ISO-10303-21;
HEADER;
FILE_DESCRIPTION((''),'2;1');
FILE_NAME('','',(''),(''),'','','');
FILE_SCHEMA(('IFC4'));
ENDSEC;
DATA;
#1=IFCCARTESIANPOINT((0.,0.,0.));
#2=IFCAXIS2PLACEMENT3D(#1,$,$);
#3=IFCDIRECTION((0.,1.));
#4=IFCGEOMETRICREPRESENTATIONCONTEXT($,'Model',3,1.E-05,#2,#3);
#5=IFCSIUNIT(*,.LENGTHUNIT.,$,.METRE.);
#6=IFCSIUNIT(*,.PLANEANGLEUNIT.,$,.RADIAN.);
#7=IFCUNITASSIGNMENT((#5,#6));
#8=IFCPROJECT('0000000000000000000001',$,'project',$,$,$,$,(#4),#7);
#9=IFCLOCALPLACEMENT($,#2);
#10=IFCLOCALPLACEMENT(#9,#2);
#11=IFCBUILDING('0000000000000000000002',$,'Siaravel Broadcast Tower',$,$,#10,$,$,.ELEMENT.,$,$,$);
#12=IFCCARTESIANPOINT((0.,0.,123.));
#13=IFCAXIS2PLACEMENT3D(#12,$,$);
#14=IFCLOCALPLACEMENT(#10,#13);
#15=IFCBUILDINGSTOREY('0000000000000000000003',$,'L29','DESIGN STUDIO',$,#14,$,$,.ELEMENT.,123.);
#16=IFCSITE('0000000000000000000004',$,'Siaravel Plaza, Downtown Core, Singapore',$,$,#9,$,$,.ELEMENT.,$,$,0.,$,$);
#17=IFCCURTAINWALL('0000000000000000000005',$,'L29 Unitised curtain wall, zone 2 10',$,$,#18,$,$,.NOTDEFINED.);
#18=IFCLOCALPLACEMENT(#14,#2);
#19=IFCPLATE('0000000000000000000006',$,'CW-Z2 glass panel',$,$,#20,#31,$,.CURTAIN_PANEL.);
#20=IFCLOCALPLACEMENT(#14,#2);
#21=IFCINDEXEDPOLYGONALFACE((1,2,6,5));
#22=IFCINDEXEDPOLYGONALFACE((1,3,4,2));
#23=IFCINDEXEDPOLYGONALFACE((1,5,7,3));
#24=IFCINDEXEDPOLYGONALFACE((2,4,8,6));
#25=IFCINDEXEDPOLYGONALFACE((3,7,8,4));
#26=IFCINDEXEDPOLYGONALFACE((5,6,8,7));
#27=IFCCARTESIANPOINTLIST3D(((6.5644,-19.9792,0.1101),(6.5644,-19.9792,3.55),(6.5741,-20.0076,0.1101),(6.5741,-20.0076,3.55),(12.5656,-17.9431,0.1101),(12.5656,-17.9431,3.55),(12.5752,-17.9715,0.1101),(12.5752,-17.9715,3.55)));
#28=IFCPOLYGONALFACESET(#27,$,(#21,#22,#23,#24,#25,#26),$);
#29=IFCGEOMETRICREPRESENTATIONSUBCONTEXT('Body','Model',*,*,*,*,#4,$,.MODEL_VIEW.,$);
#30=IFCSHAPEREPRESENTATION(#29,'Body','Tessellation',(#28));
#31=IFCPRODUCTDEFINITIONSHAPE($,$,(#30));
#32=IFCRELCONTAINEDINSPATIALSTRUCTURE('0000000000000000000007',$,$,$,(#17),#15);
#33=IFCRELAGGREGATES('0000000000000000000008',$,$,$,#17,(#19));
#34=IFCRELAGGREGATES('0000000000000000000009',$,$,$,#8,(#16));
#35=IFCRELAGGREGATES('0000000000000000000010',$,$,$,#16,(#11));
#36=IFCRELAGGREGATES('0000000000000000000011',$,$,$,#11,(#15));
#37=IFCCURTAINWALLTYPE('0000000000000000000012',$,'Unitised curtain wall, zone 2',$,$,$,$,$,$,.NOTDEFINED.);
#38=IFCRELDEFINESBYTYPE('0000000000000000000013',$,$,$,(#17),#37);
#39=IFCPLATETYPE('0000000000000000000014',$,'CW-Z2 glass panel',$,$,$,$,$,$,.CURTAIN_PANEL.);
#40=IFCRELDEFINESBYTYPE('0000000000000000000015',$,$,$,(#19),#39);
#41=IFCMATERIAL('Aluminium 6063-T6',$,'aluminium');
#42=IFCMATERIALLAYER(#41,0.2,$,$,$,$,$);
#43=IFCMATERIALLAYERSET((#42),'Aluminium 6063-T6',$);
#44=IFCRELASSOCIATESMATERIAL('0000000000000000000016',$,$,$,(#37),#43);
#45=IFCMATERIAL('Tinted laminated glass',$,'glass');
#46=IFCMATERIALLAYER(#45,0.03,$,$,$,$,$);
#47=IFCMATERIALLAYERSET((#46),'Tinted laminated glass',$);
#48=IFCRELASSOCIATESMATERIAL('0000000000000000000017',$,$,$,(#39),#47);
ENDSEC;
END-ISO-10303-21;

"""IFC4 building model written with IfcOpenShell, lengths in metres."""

from ifc_helpers import new_model, si_unit, direction, frame, origin, origin_2d, place, context, subcontext, project, spatial, rectangle, extrude, material, layer, layer_set, type_object, element, aggregate, save


model = new_model("IFC4")

# Units and contexts
model_context = context("Model", 3, precision=1e-05, world=origin(), true_north=direction((0.0, 1.0)))
body_context = subcontext(model_context, "Body", "Model", "MODEL_VIEW")
ifc_project = project(units=[si_unit("LENGTHUNIT", "METRE"), si_unit("PLANEANGLEUNIT", "RADIAN")], contexts=[model_context])

# Site, building, storey
site_placement = place(None, origin())
site = spatial("IfcSite", under=ifc_project, at=site_placement, Name="Siaravel Plaza, Downtown Core, Singapore", CompositionType="ELEMENT", RefElevation=0.0)
building_placement = place(site_placement, origin())
building = spatial("IfcBuilding", under=site, at=building_placement, Name="Siaravel Broadcast Tower", CompositionType="ELEMENT")
storey_placement = place(building_placement, frame((0.0, 0.0, 123.0)))
storey = spatial("IfcBuildingStorey", under=building, at=storey_placement, Name="L29", Description="DESIGN STUDIO", CompositionType="ELEMENT", Elevation=123.0)

# Shared definitions
ifc_material_1 = material(Name="Aluminium 6063-T6", Category="aluminium")
ifc_layer_1 = layer(ifc_material_1, 0.2)
ifc_layer_set_1 = layer_set([ifc_layer_1], Name="Aluminium 6063-T6")
curtain_wall_type = type_object("IfcCurtainWallType", Name="Unitised curtain wall, zone 2", PredefinedType="NOTDEFINED", material=ifc_layer_set_1)

# Curtain wall, plate
curtain_wall_1_placement = place(storey_placement, origin())
curtain_wall_1 = element("IfcCurtainWall", 1, at=curtain_wall_1_placement, inside=storey, type_object=curtain_wall_type, Name="L29 Unitised curtain wall, zone 2 10", PredefinedType="NOTDEFINED")
ifc_material_2 = material(Name="Tinted laminated glass", Category="glass")
ifc_layer_2 = layer(ifc_material_2, 0.03)
ifc_layer_set_2 = layer_set([ifc_layer_2], Name="Tinted laminated glass")
plate_type = type_object("IfcPlateType", Name="CW-Z2 glass panel", PredefinedType="CURTAIN_PANEL", material=ifc_layer_set_2)
plate_1_placement = place(storey_placement, frame((9.5698, -18.9753, 0.1101), z_axis=(0.0, 0.0, 1.0), x_axis=(0.946977, 0.321301, 0.0)))
plate_1 = element("IfcPlate", 2, at=plate_1_placement, type_object=plate_type, Name="CW-Z2 glass panel", PredefinedType="CURTAIN_PANEL", context=body_context, shape_type="SweptSolid", body=[
    extrude(rectangle(XDim=6.3372, YDim=0.03, at=origin_2d()), origin(), (0.0, 0.0, 1.0), 3.4399),
])
aggregate(curtain_wall_1, [plate_1])

save(model, "model.ifc")
